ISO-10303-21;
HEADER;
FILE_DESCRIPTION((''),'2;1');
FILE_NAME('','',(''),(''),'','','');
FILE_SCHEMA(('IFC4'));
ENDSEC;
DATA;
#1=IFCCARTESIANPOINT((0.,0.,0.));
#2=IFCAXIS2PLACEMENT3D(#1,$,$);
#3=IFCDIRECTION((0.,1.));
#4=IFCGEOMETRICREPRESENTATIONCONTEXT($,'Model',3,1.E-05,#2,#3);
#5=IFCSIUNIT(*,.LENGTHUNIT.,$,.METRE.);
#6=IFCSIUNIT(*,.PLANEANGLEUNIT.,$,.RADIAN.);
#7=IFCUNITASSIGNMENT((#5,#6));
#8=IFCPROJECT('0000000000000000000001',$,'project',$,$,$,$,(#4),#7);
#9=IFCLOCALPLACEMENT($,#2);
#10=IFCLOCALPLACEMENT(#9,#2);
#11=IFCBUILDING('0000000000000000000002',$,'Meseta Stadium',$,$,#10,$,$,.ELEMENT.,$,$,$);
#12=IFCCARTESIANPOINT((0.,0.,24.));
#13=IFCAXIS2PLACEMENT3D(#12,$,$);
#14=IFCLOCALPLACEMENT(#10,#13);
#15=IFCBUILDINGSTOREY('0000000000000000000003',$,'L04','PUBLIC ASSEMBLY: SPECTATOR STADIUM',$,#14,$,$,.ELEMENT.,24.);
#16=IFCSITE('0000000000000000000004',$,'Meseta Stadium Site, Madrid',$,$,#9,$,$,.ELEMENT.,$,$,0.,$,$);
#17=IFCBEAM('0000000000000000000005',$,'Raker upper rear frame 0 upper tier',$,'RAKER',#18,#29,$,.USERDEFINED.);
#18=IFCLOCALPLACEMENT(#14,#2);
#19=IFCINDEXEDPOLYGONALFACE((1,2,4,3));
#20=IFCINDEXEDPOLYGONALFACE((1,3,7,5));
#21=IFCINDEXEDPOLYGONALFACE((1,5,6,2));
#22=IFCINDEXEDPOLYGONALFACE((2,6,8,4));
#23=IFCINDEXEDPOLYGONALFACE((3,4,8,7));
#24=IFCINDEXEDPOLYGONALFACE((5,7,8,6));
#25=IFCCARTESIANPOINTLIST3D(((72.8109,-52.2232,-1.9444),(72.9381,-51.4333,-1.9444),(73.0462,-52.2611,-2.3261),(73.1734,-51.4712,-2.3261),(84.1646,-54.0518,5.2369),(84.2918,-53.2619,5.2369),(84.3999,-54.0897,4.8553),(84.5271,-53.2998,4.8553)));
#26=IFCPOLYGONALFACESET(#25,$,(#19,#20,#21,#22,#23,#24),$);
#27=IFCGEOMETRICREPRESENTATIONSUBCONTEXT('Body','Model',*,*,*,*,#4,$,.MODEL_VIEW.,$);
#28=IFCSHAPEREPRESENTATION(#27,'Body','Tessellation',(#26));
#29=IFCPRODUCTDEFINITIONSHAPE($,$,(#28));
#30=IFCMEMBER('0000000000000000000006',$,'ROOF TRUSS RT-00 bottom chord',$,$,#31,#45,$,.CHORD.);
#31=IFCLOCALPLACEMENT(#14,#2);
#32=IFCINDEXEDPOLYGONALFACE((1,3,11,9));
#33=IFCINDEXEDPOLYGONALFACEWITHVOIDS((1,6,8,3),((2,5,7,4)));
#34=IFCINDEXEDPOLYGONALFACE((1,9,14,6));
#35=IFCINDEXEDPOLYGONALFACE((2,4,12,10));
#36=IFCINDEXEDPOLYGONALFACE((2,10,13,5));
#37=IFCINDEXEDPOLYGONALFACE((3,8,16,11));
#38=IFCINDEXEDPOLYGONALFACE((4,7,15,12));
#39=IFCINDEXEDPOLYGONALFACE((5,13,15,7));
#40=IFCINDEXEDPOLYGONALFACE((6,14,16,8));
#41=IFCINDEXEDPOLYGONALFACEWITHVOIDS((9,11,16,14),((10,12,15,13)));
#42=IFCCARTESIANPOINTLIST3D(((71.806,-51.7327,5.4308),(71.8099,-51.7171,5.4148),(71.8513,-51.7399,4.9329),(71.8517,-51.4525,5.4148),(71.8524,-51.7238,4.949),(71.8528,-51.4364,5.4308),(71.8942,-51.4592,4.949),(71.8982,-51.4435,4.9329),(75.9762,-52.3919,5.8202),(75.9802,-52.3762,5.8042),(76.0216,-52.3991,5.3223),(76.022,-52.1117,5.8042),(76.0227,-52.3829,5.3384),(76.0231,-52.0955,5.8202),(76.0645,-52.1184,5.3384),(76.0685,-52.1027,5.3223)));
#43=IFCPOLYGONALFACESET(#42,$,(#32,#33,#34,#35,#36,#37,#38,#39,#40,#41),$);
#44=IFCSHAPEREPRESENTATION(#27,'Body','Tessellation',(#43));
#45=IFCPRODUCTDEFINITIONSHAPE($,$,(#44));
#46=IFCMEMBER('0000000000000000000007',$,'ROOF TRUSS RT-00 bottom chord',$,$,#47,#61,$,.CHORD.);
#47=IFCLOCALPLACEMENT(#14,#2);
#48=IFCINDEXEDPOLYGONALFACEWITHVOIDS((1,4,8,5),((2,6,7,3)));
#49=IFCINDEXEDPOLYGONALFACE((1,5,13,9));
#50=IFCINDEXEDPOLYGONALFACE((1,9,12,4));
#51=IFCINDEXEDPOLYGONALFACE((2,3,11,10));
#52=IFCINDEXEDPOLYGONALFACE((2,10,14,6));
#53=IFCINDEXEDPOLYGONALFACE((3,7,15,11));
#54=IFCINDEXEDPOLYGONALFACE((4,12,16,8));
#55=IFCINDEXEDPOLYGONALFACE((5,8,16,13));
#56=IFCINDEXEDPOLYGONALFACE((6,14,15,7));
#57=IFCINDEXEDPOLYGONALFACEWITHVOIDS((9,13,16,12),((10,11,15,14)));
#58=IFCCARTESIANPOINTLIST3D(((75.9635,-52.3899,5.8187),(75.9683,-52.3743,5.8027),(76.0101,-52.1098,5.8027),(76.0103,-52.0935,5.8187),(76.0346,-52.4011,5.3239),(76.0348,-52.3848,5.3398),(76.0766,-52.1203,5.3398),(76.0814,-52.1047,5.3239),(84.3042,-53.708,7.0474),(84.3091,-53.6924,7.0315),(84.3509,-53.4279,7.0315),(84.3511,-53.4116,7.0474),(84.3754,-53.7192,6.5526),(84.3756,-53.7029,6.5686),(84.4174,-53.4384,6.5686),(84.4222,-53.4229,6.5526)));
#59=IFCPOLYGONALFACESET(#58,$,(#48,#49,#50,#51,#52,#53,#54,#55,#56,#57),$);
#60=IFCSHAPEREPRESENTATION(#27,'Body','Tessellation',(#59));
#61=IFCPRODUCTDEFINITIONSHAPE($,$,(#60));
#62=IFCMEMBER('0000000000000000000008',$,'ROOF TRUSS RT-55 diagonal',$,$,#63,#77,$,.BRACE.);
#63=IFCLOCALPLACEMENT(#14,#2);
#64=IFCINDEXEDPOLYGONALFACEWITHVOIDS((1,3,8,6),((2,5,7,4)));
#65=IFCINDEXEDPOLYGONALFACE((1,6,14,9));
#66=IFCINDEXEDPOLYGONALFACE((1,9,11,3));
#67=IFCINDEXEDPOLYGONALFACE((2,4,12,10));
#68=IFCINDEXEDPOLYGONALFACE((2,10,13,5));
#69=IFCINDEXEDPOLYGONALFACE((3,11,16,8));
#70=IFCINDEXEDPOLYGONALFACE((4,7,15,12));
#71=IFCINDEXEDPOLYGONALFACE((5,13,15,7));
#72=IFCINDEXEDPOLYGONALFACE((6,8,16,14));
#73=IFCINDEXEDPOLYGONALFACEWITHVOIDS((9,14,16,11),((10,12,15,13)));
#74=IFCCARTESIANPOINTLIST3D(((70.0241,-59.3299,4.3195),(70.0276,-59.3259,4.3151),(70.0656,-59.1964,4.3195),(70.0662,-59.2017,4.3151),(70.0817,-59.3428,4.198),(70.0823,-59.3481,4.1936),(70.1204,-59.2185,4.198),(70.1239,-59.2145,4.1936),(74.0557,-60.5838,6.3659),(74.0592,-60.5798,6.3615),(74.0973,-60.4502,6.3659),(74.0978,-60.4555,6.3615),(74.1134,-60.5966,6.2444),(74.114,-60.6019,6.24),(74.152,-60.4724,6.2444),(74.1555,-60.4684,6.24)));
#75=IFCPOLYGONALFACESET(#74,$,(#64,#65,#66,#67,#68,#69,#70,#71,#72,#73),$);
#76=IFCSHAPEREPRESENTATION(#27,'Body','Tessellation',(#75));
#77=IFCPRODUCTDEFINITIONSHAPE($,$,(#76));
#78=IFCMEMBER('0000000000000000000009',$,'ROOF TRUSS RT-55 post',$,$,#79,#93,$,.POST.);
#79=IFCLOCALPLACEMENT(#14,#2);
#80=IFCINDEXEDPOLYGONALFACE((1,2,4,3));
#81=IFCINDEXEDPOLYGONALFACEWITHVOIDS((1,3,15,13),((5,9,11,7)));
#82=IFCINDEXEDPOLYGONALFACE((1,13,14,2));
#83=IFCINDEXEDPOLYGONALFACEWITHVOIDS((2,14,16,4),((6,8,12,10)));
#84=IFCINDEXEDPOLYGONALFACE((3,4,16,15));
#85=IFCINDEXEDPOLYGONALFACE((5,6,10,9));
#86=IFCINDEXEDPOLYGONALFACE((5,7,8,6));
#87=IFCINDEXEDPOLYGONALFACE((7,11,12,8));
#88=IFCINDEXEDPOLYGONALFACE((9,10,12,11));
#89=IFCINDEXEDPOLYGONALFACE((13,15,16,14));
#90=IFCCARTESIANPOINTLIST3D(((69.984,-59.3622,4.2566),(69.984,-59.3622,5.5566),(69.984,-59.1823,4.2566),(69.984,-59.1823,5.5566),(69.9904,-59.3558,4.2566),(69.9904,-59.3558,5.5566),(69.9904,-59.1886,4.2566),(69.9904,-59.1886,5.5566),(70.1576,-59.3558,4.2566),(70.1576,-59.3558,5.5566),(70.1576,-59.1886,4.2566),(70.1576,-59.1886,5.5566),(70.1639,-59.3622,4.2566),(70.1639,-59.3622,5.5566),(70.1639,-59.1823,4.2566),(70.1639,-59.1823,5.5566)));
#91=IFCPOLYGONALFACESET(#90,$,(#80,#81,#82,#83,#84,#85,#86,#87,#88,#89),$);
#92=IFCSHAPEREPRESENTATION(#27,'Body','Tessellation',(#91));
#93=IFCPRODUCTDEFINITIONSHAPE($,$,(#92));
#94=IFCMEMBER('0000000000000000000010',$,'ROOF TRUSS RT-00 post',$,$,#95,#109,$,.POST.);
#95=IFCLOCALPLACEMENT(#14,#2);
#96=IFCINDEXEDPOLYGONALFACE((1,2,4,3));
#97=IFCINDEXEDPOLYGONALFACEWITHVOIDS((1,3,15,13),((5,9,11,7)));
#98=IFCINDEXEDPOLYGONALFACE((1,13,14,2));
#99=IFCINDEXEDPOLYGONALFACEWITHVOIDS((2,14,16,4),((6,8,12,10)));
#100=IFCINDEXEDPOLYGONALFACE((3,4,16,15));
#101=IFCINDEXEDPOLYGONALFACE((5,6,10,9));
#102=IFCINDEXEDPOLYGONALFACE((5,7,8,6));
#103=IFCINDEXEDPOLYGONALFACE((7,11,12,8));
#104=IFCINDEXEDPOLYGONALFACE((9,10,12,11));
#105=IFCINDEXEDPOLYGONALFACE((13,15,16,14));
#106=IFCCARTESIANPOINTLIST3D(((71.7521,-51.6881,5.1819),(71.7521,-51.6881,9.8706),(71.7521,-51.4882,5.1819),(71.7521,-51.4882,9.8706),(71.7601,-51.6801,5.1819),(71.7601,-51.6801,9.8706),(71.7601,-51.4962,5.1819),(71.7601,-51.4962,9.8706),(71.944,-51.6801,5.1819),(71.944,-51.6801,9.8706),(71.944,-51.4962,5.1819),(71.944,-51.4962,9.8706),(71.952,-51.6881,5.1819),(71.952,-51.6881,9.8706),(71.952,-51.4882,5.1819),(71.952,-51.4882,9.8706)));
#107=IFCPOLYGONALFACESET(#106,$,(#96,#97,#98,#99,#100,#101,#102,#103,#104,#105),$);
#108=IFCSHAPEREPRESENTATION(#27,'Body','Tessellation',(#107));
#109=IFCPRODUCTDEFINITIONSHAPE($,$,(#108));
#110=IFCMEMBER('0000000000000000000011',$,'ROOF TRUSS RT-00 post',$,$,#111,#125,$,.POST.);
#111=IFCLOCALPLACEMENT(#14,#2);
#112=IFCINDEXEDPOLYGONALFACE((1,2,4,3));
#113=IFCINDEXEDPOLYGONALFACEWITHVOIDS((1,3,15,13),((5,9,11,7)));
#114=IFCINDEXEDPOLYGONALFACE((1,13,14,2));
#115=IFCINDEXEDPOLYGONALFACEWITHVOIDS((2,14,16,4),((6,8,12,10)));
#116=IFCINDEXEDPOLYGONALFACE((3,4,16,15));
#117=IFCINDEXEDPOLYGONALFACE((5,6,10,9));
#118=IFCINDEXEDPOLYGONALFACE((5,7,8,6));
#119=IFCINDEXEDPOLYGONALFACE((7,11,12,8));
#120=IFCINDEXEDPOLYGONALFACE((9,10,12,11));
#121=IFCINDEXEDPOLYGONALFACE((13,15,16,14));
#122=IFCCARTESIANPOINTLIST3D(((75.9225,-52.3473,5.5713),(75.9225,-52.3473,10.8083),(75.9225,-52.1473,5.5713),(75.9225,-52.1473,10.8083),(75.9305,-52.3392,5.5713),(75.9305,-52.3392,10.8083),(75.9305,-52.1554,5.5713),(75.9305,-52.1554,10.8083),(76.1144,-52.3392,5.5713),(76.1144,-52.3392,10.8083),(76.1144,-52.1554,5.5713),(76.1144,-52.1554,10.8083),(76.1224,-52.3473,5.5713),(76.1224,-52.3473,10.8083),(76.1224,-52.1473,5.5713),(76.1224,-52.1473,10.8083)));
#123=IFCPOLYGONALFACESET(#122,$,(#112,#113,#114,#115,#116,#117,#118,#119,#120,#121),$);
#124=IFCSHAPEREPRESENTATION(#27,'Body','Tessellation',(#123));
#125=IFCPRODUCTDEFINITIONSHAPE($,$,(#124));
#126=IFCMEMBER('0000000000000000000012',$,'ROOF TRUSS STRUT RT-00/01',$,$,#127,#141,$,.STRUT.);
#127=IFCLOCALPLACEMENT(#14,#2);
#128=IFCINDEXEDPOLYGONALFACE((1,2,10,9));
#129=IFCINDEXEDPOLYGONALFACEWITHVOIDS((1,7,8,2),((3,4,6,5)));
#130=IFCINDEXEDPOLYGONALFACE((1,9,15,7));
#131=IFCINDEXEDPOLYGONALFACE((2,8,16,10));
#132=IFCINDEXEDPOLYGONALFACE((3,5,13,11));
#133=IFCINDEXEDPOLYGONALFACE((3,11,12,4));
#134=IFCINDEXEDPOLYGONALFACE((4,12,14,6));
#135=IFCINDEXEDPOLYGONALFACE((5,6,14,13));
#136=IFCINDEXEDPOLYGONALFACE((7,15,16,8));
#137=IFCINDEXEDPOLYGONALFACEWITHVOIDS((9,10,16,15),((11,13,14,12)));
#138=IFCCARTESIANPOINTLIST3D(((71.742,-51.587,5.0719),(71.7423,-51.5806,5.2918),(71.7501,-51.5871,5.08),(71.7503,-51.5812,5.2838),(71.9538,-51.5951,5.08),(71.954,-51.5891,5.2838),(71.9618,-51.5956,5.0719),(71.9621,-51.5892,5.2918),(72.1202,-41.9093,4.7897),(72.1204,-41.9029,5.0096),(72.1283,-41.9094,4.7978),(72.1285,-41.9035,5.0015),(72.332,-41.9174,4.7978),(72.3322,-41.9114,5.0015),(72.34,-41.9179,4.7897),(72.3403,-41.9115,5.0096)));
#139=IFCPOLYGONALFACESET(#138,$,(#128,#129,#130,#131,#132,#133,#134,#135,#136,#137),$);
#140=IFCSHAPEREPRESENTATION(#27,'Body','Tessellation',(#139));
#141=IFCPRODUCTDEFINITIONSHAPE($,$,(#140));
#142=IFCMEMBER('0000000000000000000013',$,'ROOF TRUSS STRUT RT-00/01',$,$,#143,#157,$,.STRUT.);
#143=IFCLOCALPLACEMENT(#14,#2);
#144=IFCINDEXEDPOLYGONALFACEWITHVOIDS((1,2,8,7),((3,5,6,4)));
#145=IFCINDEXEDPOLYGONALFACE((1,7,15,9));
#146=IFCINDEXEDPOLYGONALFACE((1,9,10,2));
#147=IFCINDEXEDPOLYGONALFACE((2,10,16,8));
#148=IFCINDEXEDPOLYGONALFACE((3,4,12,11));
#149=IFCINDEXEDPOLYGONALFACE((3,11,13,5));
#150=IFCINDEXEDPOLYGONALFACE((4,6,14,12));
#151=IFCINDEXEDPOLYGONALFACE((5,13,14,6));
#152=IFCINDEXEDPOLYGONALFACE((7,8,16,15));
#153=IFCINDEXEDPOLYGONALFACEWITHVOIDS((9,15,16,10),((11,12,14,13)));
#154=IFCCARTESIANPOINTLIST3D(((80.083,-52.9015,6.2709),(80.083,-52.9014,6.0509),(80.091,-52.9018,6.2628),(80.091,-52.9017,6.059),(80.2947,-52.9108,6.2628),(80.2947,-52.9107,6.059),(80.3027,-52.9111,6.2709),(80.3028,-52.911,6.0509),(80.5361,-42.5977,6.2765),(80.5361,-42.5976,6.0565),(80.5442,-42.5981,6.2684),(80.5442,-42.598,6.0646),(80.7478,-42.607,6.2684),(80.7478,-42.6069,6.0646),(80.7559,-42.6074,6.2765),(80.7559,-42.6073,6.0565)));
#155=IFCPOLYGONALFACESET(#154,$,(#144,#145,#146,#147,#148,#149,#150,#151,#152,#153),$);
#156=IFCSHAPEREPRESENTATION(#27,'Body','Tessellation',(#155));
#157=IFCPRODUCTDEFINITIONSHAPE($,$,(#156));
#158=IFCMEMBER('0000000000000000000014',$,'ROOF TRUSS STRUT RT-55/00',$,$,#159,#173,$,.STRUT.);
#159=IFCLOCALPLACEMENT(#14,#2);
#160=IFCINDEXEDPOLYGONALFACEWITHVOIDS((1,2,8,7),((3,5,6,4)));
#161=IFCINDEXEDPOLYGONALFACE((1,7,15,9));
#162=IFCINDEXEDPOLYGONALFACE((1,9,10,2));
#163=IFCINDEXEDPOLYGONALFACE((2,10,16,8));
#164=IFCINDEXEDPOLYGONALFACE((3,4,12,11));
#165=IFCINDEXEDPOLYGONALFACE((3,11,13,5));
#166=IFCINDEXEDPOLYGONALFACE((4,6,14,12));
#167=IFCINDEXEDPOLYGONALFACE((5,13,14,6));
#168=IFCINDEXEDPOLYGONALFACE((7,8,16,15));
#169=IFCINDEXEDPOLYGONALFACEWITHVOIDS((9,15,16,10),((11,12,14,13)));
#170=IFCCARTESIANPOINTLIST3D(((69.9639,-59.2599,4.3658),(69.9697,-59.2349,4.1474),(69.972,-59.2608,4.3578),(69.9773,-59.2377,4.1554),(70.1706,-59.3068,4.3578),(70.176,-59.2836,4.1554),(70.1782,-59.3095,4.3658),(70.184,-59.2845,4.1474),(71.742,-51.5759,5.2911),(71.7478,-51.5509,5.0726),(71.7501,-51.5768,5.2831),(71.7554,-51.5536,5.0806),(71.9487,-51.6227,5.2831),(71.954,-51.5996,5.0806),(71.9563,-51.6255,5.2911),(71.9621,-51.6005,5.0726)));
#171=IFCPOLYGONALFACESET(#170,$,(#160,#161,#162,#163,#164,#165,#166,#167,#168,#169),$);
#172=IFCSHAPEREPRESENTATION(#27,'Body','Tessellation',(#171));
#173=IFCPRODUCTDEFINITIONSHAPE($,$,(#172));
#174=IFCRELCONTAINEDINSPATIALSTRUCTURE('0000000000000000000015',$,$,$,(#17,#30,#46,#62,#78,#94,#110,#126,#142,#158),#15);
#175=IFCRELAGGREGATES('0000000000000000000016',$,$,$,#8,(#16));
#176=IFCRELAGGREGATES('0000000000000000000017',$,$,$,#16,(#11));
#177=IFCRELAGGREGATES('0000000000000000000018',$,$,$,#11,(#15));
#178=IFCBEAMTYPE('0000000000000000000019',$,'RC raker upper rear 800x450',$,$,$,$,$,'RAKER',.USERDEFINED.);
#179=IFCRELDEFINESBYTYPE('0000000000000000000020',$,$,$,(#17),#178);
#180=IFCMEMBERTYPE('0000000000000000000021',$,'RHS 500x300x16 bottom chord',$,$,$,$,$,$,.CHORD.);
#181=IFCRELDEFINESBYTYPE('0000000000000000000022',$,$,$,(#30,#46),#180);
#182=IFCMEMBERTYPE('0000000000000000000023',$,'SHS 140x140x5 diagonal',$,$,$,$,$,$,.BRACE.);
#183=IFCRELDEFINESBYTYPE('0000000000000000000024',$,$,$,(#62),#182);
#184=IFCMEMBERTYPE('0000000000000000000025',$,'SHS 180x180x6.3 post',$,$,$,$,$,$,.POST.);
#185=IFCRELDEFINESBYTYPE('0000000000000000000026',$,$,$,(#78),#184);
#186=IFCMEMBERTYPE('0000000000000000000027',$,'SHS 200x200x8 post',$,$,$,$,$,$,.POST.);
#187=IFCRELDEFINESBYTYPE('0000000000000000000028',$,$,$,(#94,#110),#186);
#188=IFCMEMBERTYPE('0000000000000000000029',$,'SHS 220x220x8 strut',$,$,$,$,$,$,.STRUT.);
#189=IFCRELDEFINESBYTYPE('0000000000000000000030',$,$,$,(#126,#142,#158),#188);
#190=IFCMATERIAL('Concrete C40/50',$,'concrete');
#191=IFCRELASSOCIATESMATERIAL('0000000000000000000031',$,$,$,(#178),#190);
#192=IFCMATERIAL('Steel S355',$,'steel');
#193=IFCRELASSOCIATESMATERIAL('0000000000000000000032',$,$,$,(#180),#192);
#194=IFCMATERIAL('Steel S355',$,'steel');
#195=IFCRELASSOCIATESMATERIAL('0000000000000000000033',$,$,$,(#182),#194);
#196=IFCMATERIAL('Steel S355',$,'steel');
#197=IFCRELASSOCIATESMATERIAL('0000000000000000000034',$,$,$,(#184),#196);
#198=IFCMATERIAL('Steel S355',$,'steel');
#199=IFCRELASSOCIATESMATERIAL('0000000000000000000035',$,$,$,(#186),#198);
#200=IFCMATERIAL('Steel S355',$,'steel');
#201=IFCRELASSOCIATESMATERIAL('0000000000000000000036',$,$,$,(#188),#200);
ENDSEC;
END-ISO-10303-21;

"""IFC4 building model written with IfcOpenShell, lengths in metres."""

from ifc_helpers import new_model, si_unit, direction, frame, origin, origin_2d, place, context, subcontext, project, spatial, rectangle, hollow_rectangle, extrude, material, material_profile, profile_set, type_object, element, save


model = new_model("IFC4")

# Units and contexts
model_context = context("Model", 3, precision=1e-05, world=origin(), true_north=direction((0.0, 1.0)))
body_context = subcontext(model_context, "Body", "Model", "MODEL_VIEW")
ifc_project = project(units=[si_unit("LENGTHUNIT", "METRE"), si_unit("PLANEANGLEUNIT", "RADIAN")], contexts=[model_context])

# Site, building, storey
site_placement = place(None, origin())
site = spatial("IfcSite", under=ifc_project, at=site_placement, Name="Meseta Stadium Site, Madrid", CompositionType="ELEMENT", RefElevation=0.0)
building_placement = place(site_placement, origin())
building = spatial("IfcBuilding", under=site, at=building_placement, Name="Meseta Stadium", CompositionType="ELEMENT")
storey_placement = place(building_placement, frame((0.0, 0.0, 24.0)))
storey = spatial("IfcBuildingStorey", under=building, at=storey_placement, Name="L04", Description="PUBLIC ASSEMBLY: SPECTATOR STADIUM", CompositionType="ELEMENT", Elevation=24.0)

# Beam
ifc_material_1 = material(Name="Concrete C40/50", Category="concrete")
ifc_material_profile_1 = material_profile(ifc_material_1, rectangle(XDim=0.8, YDim=0.45, at=origin_2d()), Name="RC 800x450")
ifc_profile_set_1 = profile_set([ifc_material_profile_1], Name="Concrete C40/50")
beam_type = type_object("IfcBeamType", Name="RC raker upper rear 800x450", ElementType="RAKER", PredefinedType="USERDEFINED", material=ifc_profile_set_1)
beam_placement = place(storey_placement, frame((72.9922, -51.8472, -2.1353), z_axis=(0.837411, -0.134872, 0.529673), x_axis=(0.159009, 0.987277, 0.0)))
element("IfcBeam", 1, at=beam_placement, inside=storey, type_object=beam_type, Name="Raker upper rear frame 0 upper tier", ObjectType="RAKER", PredefinedType="USERDEFINED", context=body_context, shape_type="SweptSolid", body=[
    extrude(rectangle(XDim=0.8, YDim=0.45, at=origin_2d()), origin(), (0.0, 0.0, 1.0), 13.5581),
])

# Members
ifc_material_2 = material(Name="Steel S355", Category="steel")
ifc_material_profile_2 = material_profile(ifc_material_2, hollow_rectangle(XDim=0.3, YDim=0.5, WallThickness=0.0161, at=origin_2d()), Name="RHS 500x300x16")
ifc_profile_set_2 = profile_set([ifc_material_profile_2], Name="Steel S355")
member_type_1 = type_object("IfcMemberType", Name="RHS 500x300x16 bottom chord", PredefinedType="CHORD", material=ifc_profile_set_2)
member_1_placement = place(storey_placement, frame((71.8521, -51.5881, 5.1819), z_axis=(0.983563, -0.155463, 0.091838), x_axis=(0.156123, 0.987738, 0.0)))
element("IfcMember", 2, at=member_1_placement, inside=storey, type_object=member_type_1, Name="ROOF TRUSS RT-00 bottom chord", PredefinedType="CHORD", context=body_context, shape_type="SweptSolid", body=[
    extrude(hollow_rectangle(XDim=0.3, YDim=0.5, WallThickness=0.0161, at=origin_2d()), origin(), (0.0, 0.0, 1.0), 4.24),
])
member_2_placement = place(storey_placement, frame((76.0225, -52.2473, 5.5713), z_axis=(0.977448, -0.154468, 0.143996), x_axis=(0.156095, 0.987742, 0.0)))
element("IfcMember", 3, at=member_2_placement, inside=storey, type_object=member_type_1, Name="ROOF TRUSS RT-00 bottom chord", PredefinedType="CHORD", context=body_context, shape_type="SweptSolid", body=[
    extrude(hollow_rectangle(XDim=0.3, YDim=0.5, WallThickness=0.0161, at=origin_2d()), origin(), (0.0, 0.0, 1.0), 8.5332),
])
ifc_material_3 = material(Name="Steel S355", Category="steel")
ifc_material_profile_3 = material_profile(ifc_material_3, hollow_rectangle(XDim=0.1399, YDim=0.1399, WallThickness=0.0049, at=origin_2d()), Name="SHS 140x140x5")
ifc_profile_set_3 = profile_set([ifc_material_profile_3], Name="Steel S355")
member_type_2 = type_object("IfcMemberType", Name="SHS 140x140x5 diagonal", PredefinedType="BRACE", material=ifc_profile_set_3)
member_3_placement = place(storey_placement, frame((70.074, -59.2722, 4.2566), z_axis=(0.859279, -0.267243, 0.436144), x_axis=(0.296978, 0.954884, 0.0)))
element("IfcMember", 4, at=member_3_placement, inside=storey, type_object=member_type_2, Name="ROOF TRUSS RT-55 diagonal", PredefinedType="BRACE", context=body_context, shape_type="SweptSolid", body=[
    extrude(hollow_rectangle(XDim=0.1399, YDim=0.1399, WallThickness=0.0049, at=origin_2d()), origin(), (0.0, 0.0, 1.0), 4.6919),
])
ifc_material_4 = material(Name="Steel S355", Category="steel")
ifc_material_profile_4 = material_profile(ifc_material_4, hollow_rectangle(XDim=0.1799, YDim=0.1799, WallThickness=0.0063, at=origin_2d()), Name="SHS 180x180x6.3")
ifc_profile_set_4 = profile_set([ifc_material_profile_4], Name="Steel S355")
member_type_3 = type_object("IfcMemberType", Name="SHS 180x180x6.3 post", PredefinedType="POST", material=ifc_profile_set_4)
member_4_placement = place(storey_placement, frame((70.074, -59.2722, 4.2566), z_axis=(0.0, 0.0, 1.0), x_axis=(1.0, 0.0, 0.0)))
element("IfcMember", 5, at=member_4_placement, inside=storey, type_object=member_type_3, Name="ROOF TRUSS RT-55 post", PredefinedType="POST", context=body_context, shape_type="SweptSolid", body=[
    extrude(hollow_rectangle(XDim=0.1799, YDim=0.1799, WallThickness=0.0063, at=origin_2d()), origin(), (0.0, 0.0, 1.0), 1.3),
])
ifc_material_5 = material(Name="Steel S355", Category="steel")
ifc_material_profile_5 = material_profile(ifc_material_5, hollow_rectangle(XDim=0.2, YDim=0.2, WallThickness=0.0081, at=origin_2d()), Name="SHS 200x200x8")
ifc_profile_set_5 = profile_set([ifc_material_profile_5], Name="Steel S355")
member_type_4 = type_object("IfcMemberType", Name="SHS 200x200x8 post", PredefinedType="POST", material=ifc_profile_set_5)
member_5_placement = place(storey_placement, frame((71.8521, -51.5881, 5.1819), z_axis=(0.0, 0.0, 1.0), x_axis=(1.0, 0.0, 0.0)))
element("IfcMember", 6, at=member_5_placement, inside=storey, type_object=member_type_4, Name="ROOF TRUSS RT-00 post", PredefinedType="POST", context=body_context, shape_type="SweptSolid", body=[
    extrude(hollow_rectangle(XDim=0.2, YDim=0.2, WallThickness=0.0081, at=origin_2d()), origin(), (0.0, 0.0, 1.0), 4.6887),
])
member_6_placement = place(storey_placement, frame((76.0225, -52.2473, 5.5713), z_axis=(0.0, 0.0, 1.0), x_axis=(1.0, 0.0, 0.0)))
element("IfcMember", 7, at=member_6_placement, inside=storey, type_object=member_type_4, Name="ROOF TRUSS RT-00 post", PredefinedType="POST", context=body_context, shape_type="SweptSolid", body=[
    extrude(hollow_rectangle(XDim=0.2, YDim=0.2, WallThickness=0.0081, at=origin_2d()), origin(), (0.0, 0.0, 1.0), 5.2371),
])
ifc_material_6 = material(Name="Steel S355", Category="steel")
ifc_material_profile_6 = material_profile(ifc_material_6, hollow_rectangle(XDim=0.22, YDim=0.22, WallThickness=0.0081, at=origin_2d()), Name="SHS 220x220x8")
ifc_profile_set_6 = profile_set([ifc_material_profile_6], Name="Steel S355")
member_type_5 = type_object("IfcMemberType", Name="SHS 220x220x8 strut", PredefinedType="STRUT", material=ifc_profile_set_6)
member_7_placement = place(storey_placement, frame((71.8521, -51.5881, 5.1819), z_axis=(0.03903, 0.998813, -0.029128), x_axis=(-0.999237, 0.039047, 0.0)))
element("IfcMember", 8, at=member_7_placement, inside=storey, type_object=member_type_5, Name="ROOF TRUSS STRUT RT-00/01", PredefinedType="STRUT", context=body_context, shape_type="SweptSolid", body=[
    extrude(hollow_rectangle(XDim=0.22, YDim=0.22, WallThickness=0.0081, at=origin_2d()), origin(), (0.0, 0.0, 1.0), 9.6892),
])
member_8_placement = place(storey_placement, frame((80.1929, -52.9062, 6.1609), z_axis=(0.043934, 0.999034, 0.000544), x_axis=(-0.999034, 0.043934, 0.0)))
element("IfcMember", 9, at=member_8_placement, inside=storey, type_object=member_type_5, Name="ROOF TRUSS STRUT RT-00/01", PredefinedType="STRUT", context=body_context, shape_type="SweptSolid", body=[
    extrude(hollow_rectangle(XDim=0.22, YDim=0.22, WallThickness=0.0081, at=origin_2d()), origin(), (0.0, 0.0, 1.0), 10.3137),
])
member_9_placement = place(storey_placement, frame((70.074, -59.2722, 4.2566), z_axis=(0.223905, 0.967621, 0.116518), x_axis=(-0.974257, 0.22544, 0.0)))
element("IfcMember", 10, at=member_9_placement, inside=storey, type_object=member_type_5, Name="ROOF TRUSS STRUT RT-55/00", PredefinedType="STRUT", context=body_context, shape_type="SweptSolid", body=[
    extrude(hollow_rectangle(XDim=0.22, YDim=0.22, WallThickness=0.0081, at=origin_2d()), origin(), (0.0, 0.0, 1.0), 7.9412),
])

save(model, "model.ifc")
